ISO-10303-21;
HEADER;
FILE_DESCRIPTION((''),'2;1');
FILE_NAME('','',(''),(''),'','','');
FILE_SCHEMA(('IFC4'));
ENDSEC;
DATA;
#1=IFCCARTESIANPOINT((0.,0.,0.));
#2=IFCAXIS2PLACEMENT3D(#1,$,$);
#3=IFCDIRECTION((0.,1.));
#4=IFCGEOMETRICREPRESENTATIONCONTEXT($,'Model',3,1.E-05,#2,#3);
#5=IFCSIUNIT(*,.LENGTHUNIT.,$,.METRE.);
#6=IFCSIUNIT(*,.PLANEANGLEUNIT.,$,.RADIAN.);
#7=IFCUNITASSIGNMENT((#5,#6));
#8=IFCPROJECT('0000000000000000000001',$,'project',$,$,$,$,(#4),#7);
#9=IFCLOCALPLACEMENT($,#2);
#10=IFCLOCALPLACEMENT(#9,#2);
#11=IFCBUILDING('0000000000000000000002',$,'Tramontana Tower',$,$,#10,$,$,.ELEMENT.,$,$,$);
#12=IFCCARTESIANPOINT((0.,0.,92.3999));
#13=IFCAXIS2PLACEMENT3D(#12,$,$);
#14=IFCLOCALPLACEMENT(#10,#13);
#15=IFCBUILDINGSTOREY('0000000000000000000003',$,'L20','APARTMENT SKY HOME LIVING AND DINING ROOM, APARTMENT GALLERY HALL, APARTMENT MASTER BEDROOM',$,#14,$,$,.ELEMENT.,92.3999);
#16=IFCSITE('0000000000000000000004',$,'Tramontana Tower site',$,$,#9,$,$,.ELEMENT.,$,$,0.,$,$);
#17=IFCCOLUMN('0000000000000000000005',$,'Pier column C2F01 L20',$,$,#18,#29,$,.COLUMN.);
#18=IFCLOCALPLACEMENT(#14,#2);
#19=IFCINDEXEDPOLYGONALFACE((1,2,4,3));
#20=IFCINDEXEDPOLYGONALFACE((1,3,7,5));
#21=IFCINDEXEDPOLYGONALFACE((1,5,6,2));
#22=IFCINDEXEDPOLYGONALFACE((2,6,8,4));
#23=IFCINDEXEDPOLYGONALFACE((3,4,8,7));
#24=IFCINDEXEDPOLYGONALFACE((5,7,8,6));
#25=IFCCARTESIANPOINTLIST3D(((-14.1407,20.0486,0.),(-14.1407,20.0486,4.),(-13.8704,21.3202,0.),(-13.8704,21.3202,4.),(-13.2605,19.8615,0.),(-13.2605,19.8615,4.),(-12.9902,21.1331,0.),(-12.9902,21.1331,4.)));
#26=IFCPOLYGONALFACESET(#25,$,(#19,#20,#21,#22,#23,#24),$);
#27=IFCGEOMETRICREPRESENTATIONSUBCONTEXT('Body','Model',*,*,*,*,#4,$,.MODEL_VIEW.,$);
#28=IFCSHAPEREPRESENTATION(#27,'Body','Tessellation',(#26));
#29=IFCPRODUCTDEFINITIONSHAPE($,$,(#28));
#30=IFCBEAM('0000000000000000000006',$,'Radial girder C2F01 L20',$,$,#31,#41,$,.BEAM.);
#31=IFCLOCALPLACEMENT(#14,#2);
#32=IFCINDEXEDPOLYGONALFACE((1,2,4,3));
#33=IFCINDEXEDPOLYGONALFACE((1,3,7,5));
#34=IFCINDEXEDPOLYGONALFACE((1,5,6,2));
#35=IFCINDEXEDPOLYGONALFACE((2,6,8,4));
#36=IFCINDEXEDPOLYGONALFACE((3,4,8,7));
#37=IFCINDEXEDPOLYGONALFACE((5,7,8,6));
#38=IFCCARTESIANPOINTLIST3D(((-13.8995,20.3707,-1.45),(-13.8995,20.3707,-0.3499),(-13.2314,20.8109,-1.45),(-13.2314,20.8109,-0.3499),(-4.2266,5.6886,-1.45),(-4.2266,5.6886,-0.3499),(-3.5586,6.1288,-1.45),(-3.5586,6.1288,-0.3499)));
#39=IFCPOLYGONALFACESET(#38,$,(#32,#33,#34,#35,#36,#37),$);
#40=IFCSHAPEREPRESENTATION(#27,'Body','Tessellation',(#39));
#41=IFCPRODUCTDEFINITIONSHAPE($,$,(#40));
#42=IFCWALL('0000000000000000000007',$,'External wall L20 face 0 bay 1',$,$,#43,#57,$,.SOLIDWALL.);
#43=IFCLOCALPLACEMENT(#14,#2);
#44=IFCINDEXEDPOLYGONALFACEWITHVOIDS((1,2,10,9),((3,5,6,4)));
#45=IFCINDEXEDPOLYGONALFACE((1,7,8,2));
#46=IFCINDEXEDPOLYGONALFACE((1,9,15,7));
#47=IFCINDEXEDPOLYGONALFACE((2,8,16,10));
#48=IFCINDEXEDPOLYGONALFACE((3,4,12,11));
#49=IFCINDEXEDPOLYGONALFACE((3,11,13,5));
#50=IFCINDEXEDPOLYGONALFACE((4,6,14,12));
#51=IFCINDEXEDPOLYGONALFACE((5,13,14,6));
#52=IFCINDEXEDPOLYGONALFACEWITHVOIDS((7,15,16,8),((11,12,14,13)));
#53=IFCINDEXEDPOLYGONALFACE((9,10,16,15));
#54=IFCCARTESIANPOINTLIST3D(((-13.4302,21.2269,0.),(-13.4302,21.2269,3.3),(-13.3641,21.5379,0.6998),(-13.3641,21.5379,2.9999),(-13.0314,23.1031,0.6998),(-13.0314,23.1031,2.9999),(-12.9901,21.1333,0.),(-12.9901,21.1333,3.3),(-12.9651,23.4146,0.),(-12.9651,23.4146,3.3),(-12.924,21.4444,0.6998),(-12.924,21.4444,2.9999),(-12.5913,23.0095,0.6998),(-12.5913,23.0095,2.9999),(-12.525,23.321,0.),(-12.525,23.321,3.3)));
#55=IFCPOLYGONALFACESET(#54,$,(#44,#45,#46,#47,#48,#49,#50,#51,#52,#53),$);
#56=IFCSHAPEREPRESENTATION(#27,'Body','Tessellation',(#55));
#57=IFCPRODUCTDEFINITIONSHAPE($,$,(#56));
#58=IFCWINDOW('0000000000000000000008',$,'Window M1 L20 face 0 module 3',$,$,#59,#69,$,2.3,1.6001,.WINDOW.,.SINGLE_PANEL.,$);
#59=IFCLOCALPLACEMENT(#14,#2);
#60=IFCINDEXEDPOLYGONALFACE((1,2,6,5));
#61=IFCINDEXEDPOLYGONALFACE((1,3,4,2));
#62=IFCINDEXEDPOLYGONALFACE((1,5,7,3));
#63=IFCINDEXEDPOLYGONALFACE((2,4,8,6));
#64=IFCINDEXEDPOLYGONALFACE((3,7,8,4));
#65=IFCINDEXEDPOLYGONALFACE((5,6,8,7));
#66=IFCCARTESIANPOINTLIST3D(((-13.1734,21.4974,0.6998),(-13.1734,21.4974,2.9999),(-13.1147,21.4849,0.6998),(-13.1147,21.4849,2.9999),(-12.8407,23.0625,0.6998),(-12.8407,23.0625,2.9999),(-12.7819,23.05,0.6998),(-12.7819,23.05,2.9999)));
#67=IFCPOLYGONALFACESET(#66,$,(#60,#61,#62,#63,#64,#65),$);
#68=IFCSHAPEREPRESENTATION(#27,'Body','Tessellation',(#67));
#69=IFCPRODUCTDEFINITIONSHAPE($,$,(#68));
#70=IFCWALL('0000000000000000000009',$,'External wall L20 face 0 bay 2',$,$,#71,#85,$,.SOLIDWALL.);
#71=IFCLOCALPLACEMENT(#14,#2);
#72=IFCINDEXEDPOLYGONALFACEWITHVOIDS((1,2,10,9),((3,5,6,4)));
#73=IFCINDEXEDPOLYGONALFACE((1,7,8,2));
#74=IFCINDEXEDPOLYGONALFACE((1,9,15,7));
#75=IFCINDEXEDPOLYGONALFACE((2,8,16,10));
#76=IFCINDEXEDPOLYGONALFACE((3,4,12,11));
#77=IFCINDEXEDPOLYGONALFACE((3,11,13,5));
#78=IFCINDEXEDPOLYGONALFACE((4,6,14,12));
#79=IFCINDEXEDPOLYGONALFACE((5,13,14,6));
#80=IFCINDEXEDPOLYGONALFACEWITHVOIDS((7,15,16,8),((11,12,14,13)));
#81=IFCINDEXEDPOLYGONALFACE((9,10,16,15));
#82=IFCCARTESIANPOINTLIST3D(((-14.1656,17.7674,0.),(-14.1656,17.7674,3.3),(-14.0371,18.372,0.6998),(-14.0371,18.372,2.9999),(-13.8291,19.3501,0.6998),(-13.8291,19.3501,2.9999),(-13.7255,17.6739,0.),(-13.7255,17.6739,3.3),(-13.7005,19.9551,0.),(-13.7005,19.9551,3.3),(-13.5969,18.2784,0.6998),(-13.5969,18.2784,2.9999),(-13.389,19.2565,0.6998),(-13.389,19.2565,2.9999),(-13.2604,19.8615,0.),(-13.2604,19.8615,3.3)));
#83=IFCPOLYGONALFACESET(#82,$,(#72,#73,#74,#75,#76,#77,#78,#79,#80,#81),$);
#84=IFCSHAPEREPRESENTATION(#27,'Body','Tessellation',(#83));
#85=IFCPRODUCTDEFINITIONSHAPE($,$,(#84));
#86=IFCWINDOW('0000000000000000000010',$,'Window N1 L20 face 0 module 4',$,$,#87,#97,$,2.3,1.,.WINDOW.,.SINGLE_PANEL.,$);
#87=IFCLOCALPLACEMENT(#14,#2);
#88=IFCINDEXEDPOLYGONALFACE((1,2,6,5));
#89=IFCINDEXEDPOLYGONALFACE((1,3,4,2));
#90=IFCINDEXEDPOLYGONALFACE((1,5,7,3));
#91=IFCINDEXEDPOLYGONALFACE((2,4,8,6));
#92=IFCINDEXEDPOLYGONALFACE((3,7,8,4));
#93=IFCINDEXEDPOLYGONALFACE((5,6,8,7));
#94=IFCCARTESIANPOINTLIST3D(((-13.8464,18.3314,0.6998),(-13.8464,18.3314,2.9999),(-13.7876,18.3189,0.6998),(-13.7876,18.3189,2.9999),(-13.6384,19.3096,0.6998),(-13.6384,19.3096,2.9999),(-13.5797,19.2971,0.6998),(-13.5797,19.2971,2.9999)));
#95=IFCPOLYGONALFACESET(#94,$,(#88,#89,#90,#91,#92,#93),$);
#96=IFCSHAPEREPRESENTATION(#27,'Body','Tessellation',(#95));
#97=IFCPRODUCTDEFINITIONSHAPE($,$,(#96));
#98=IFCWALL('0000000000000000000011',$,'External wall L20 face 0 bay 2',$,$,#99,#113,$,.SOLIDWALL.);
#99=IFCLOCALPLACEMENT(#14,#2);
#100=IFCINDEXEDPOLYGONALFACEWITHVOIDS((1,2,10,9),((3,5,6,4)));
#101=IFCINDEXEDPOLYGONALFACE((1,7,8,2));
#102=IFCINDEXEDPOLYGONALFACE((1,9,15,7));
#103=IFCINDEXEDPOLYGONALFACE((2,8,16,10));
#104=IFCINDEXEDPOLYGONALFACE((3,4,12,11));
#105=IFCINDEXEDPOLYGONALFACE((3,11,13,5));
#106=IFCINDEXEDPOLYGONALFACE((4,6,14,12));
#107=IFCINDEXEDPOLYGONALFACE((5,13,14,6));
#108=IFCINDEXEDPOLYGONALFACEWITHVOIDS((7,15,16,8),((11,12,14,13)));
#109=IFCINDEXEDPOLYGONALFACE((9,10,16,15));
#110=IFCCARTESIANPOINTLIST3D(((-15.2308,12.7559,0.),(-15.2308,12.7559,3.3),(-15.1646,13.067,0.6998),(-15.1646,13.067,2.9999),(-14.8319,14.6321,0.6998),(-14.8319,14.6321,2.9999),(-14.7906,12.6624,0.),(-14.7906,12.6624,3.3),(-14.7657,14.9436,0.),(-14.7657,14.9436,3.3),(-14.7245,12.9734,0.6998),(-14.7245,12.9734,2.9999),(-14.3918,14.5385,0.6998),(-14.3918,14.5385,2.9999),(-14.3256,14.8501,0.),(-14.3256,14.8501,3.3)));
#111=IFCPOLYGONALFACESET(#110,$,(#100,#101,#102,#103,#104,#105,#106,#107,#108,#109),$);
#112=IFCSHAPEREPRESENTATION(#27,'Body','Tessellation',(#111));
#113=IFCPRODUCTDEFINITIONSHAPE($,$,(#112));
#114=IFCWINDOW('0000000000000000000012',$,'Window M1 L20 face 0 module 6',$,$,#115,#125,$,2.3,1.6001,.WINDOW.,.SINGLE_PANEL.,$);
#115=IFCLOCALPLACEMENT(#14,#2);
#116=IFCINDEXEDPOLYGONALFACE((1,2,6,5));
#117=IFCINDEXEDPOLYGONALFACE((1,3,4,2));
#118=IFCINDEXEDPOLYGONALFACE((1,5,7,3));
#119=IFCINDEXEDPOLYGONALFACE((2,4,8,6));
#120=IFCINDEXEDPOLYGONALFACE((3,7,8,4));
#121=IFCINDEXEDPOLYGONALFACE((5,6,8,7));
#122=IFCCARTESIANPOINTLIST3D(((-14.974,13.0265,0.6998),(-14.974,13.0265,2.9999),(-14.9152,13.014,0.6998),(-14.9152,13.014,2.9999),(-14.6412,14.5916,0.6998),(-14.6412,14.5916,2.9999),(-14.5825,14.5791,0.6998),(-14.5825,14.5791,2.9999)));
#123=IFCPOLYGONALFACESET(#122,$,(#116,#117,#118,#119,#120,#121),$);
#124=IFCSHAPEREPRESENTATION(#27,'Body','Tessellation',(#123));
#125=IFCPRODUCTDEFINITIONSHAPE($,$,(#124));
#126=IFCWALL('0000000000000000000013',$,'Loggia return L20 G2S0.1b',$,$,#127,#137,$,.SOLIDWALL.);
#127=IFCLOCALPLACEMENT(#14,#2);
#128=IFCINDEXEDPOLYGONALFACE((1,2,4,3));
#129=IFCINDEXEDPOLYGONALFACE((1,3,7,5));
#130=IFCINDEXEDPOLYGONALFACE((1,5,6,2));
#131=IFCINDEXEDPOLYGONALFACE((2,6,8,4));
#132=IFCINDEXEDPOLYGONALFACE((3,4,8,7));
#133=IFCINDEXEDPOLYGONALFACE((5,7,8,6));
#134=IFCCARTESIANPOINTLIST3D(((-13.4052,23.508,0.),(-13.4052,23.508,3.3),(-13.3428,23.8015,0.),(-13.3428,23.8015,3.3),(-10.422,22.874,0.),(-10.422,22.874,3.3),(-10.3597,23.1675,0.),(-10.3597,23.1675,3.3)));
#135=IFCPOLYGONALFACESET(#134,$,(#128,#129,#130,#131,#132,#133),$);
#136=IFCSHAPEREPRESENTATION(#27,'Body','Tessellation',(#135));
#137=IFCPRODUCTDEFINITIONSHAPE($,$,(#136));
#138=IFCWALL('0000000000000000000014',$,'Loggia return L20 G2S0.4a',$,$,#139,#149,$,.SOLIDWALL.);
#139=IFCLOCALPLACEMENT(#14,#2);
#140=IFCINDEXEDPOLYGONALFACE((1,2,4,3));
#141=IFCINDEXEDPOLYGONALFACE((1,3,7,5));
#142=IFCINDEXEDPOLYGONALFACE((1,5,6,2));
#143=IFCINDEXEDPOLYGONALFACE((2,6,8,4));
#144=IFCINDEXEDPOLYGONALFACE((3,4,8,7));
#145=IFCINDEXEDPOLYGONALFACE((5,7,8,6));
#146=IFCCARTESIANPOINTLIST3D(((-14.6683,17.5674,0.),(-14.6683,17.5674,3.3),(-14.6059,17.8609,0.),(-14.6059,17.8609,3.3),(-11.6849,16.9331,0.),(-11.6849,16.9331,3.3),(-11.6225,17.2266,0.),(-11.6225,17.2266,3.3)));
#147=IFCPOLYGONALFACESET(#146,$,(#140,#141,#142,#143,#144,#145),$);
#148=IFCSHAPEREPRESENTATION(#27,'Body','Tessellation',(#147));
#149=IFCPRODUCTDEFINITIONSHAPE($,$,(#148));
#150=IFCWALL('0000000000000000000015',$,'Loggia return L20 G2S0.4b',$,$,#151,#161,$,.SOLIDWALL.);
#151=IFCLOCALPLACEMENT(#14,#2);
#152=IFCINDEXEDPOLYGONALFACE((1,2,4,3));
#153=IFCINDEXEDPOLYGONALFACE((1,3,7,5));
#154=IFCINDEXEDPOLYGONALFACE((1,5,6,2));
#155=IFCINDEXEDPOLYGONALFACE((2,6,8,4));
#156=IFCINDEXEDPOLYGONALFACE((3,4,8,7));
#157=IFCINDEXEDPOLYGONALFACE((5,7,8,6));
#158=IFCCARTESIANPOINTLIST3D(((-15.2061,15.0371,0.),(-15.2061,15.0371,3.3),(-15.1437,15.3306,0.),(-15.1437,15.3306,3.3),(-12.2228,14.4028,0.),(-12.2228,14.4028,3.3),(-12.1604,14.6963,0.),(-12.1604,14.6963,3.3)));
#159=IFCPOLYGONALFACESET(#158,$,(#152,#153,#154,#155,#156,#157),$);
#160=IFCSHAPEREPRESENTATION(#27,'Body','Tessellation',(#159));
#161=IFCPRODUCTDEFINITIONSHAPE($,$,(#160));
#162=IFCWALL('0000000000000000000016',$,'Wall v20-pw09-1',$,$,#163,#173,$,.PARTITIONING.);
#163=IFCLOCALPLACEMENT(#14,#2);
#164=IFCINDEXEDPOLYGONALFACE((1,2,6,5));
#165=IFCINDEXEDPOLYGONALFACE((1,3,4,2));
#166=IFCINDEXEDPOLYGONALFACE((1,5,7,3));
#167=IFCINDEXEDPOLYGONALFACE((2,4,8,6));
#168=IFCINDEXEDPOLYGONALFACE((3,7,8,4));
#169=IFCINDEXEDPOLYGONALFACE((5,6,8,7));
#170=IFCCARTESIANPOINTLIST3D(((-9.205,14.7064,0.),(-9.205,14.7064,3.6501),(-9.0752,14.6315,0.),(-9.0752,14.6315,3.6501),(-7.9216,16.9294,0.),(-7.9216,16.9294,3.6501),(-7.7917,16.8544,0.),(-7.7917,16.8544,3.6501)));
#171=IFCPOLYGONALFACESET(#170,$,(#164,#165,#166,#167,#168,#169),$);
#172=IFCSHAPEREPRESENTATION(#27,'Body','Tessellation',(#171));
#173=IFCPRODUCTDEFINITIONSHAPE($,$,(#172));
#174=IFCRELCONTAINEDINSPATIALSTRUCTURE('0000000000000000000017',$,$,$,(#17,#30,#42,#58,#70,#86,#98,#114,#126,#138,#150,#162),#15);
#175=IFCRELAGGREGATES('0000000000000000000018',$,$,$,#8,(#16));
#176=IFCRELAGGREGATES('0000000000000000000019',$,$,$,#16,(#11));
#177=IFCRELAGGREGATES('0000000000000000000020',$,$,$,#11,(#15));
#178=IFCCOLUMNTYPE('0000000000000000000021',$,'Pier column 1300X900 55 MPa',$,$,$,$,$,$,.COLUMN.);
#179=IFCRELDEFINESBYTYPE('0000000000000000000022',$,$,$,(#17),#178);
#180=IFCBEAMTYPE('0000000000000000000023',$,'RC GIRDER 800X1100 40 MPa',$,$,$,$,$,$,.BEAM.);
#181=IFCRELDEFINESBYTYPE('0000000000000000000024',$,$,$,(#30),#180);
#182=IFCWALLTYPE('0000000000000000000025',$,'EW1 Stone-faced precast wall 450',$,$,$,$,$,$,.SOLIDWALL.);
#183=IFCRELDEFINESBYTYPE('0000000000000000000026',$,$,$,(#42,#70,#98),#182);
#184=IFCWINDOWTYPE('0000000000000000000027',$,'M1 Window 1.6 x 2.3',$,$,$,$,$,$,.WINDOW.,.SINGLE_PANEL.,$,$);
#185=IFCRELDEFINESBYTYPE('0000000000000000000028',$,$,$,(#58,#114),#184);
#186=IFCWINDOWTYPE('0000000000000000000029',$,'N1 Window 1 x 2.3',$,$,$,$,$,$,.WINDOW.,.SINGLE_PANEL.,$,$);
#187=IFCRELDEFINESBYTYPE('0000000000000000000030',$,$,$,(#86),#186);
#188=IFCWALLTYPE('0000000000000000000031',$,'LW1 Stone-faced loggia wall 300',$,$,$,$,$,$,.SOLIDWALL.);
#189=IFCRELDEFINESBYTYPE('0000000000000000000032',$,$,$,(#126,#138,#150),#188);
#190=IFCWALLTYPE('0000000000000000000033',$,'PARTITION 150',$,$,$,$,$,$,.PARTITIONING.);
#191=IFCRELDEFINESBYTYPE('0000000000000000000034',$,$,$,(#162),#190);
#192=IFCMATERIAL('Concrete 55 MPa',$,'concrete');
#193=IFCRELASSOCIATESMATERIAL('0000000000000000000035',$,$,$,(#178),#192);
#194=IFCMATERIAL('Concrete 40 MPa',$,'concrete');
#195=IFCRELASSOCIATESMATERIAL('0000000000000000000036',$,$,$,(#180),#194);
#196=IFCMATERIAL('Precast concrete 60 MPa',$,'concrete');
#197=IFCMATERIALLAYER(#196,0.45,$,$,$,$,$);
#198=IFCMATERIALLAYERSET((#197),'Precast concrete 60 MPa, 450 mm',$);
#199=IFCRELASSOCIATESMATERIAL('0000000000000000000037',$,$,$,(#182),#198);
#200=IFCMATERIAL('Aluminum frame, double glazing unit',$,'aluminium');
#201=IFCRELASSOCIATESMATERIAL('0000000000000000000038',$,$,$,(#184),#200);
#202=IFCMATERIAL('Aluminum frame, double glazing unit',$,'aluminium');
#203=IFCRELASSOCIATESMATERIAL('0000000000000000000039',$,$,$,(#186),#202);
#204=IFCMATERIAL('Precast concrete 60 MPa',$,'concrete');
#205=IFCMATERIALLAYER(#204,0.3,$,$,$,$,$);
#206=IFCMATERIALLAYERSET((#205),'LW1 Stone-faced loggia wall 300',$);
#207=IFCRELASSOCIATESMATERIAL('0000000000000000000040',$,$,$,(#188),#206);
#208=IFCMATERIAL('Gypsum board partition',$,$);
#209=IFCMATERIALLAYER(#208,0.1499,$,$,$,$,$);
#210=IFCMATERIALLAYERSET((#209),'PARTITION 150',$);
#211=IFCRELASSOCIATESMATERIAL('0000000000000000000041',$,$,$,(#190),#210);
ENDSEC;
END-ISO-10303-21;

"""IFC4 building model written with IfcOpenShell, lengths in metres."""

from ifc_helpers import new_model, si_unit, direction, frame, frame_2d, origin, origin_2d, place, context, subcontext, project, spatial, rectangle, extrude, material, layer, layer_set, material_profile, profile_set, type_object, element, fill, save


model = new_model("IFC4")

# Units and contexts
model_context = context("Model", 3, precision=1e-05, world=origin(), true_north=direction((0.0, 1.0)))
body_context = subcontext(model_context, "Body", "Model", "MODEL_VIEW")
ifc_project = project(units=[si_unit("LENGTHUNIT", "METRE"), si_unit("PLANEANGLEUNIT", "RADIAN")], contexts=[model_context])

# Site, building, storey
site_placement = place(None, origin())
site = spatial("IfcSite", under=ifc_project, at=site_placement, Name="Tramontana Tower site", CompositionType="ELEMENT", RefElevation=0.0)
building_placement = place(site_placement, origin())
building = spatial("IfcBuilding", under=site, at=building_placement, Name="Tramontana Tower", CompositionType="ELEMENT")
storey_placement = place(building_placement, frame((0.0, 0.0, 92.3999)))
storey = spatial("IfcBuildingStorey", under=building, at=storey_placement, Name="L20", Description="APARTMENT SKY HOME LIVING AND DINING ROOM, APARTMENT GALLERY HALL, APARTMENT MASTER BEDROOM", CompositionType="ELEMENT", Elevation=92.3999)

# Column
ifc_material_1 = material(Name="Concrete 55 MPa", Category="concrete")
ifc_material_profile_1 = material_profile(ifc_material_1, rectangle(XDim=1.3, YDim=0.8999, at=origin_2d()), Name="Pier column 1300X900 55 MPa")
ifc_profile_set_1 = profile_set([ifc_material_profile_1], Name="Concrete 55 MPa")
column_type = type_object("IfcColumnType", Name="Pier column 1300X900 55 MPa", PredefinedType="COLUMN", material=ifc_profile_set_1)
column_placement = place(storey_placement, frame((-13.5654, 20.5908, 0.0), z_axis=(0.0, 0.0, 1.0), x_axis=(-0.207912, -0.978148, 0.0)))
element("IfcColumn", 1, at=column_placement, inside=storey, type_object=column_type, Name="Pier column C2F01 L20", PredefinedType="COLUMN", context=body_context, shape_type="SweptSolid", body=[
    extrude(rectangle(XDim=1.3, YDim=0.8999, at=origin_2d()), origin(), (0.0, 0.0, 1.0), 4.0),
])

# Beam
ifc_material_2 = material(Name="Concrete 40 MPa", Category="concrete")
ifc_material_profile_2 = material_profile(ifc_material_2, rectangle(XDim=0.8, YDim=1.1001, at=origin_2d()), Name="RC GIRDER 800X1100 40 MPa")
ifc_profile_set_2 = profile_set([ifc_material_profile_2], Name="Concrete 40 MPa")
beam_type = type_object("IfcBeamType", Name="RC GIRDER 800X1100 40 MPa", PredefinedType="BEAM", material=ifc_profile_set_2)
beam_placement = place(storey_placement, frame((-13.5654, 20.5908, -0.8999), z_axis=(0.550155, -0.835063, 0.0), x_axis=(0.835063, 0.550155, 0.0)))
element("IfcBeam", 2, at=beam_placement, inside=storey, type_object=beam_type, Name="Radial girder C2F01 L20", PredefinedType="BEAM", context=body_context, shape_type="SweptSolid", body=[
    extrude(rectangle(XDim=0.8, YDim=1.1001, at=origin_2d()), origin(), (0.0, 0.0, 1.0), 17.582),
])

# Walls, openings, windows
ifc_material_3 = material(Name="Precast concrete 60 MPa", Category="concrete")
ifc_layer_1 = layer(ifc_material_3, 0.45)
ifc_layer_set_1 = layer_set([ifc_layer_1], Name="Precast concrete 60 MPa, 450 mm")
wall_type_1 = type_object("IfcWallType", Name="EW1 Stone-faced precast wall 450", PredefinedType="SOLIDWALL", material=ifc_layer_set_1)
wall_1_placement = place(storey_placement, frame((-12.7451, 23.3677, 0.0), z_axis=(0.0, 0.0, 1.0), x_axis=(-0.207941, -0.978141, 0.0)))
wall_1 = element("IfcWall", 3, at=wall_1_placement, inside=storey, type_object=wall_type_1, Name="External wall L20 face 0 bay 1", PredefinedType="SOLIDWALL", context=body_context, shape_type="SweptSolid", body=[
    extrude(rectangle(XDim=2.2366, YDim=0.45, at=frame_2d((1.1182, 0.0))), origin(), (0.0, 0.0, 1.0), 3.3),
])
opening_1_placement = place(wall_1_placement, frame((0.3184, 0.0, 0.7)))
opening_1 = element("IfcOpeningElement", 4, at=opening_1_placement, cuts=wall_1, PredefinedType="OPENING", context=body_context, shape_type="SweptSolid", body=[
    extrude(rectangle(XDim=1.6001, YDim=2.3, at=frame_2d((0.8, 1.1499))), frame((0.0, 0.2349, 0.0), z_axis=(0.0, -1.0, 0.0), x_axis=(1.0, 0.0, 0.0)), (0.0, 0.0, 1.0), 0.47),
])
ifc_material_4 = material(Name="Aluminum frame, double glazing unit", Category="aluminium")
window_type_1 = type_object("IfcWindowType", Name="M1 Window 1.6 x 2.3", PartitioningType="SINGLE_PANEL", PredefinedType="WINDOW", material=ifc_material_4)
window_1_placement = place(opening_1_placement, origin())
window_1 = element("IfcWindow", 5, at=window_1_placement, inside=storey, type_object=window_type_1, Name="Window M1 L20 face 0 module 3", OverallHeight=2.3, OverallWidth=1.6001, PartitioningType="SINGLE_PANEL", PredefinedType="WINDOW", context=body_context, shape_type="SweptSolid", body=[
    extrude(rectangle(XDim=1.6001, YDim=2.3, at=frame_2d((0.8, 1.1499))), frame((0.0, 0.03, 0.0), z_axis=(0.0, -1.0, 0.0), x_axis=(1.0, 0.0, 0.0)), (0.0, 0.0, 1.0), 0.0601),
])
fill(opening_1, window_1)
wall_2_placement = place(storey_placement, frame((-13.4805, 19.9082, 0.0), z_axis=(0.0, 0.0, 1.0), x_axis=(-0.207941, -0.978141, 0.0)))
wall_2 = element("IfcWall", 6, at=wall_2_placement, inside=storey, type_object=wall_type_1, Name="External wall L20 face 0 bay 2", PredefinedType="SOLIDWALL", context=body_context, shape_type="SweptSolid", body=[
    extrude(rectangle(XDim=2.2366, YDim=0.45, at=frame_2d((1.1182, 0.0))), origin(), (0.0, 0.0, 1.0), 3.3),
])
opening_2_placement = place(wall_2_placement, frame((0.6184, 0.0, 0.7)))
opening_2 = element("IfcOpeningElement", 7, at=opening_2_placement, cuts=wall_2, PredefinedType="OPENING", context=body_context, shape_type="SweptSolid", body=[
    extrude(rectangle(XDim=1.0, YDim=2.3, at=frame_2d((0.5, 1.1499))), frame((0.0, 0.2349, 0.0), z_axis=(0.0, -1.0, 0.0), x_axis=(1.0, 0.0, 0.0)), (0.0, 0.0, 1.0), 0.47),
])
ifc_material_5 = material(Name="Aluminum frame, double glazing unit", Category="aluminium")
window_type_2 = type_object("IfcWindowType", Name="N1 Window 1 x 2.3", PartitioningType="SINGLE_PANEL", PredefinedType="WINDOW", material=ifc_material_5)
window_2_placement = place(opening_2_placement, origin())
window_2 = element("IfcWindow", 8, at=window_2_placement, inside=storey, type_object=window_type_2, Name="Window N1 L20 face 0 module 4", OverallHeight=2.3, OverallWidth=1.0, PartitioningType="SINGLE_PANEL", PredefinedType="WINDOW", context=body_context, shape_type="SweptSolid", body=[
    extrude(rectangle(XDim=1.0, YDim=2.3, at=frame_2d((0.5, 1.1499))), frame((0.0, 0.03, 0.0), z_axis=(0.0, -1.0, 0.0), x_axis=(1.0, 0.0, 0.0)), (0.0, 0.0, 1.0), 0.0601),
])
fill(opening_2, window_2)
wall_3_placement = place(storey_placement, frame((-14.5457, 14.8967, 0.0), z_axis=(0.0, 0.0, 1.0), x_axis=(-0.207941, -0.978141, 0.0)))
wall_3 = element("IfcWall", 9, at=wall_3_placement, inside=storey, type_object=wall_type_1, Name="External wall L20 face 0 bay 2", PredefinedType="SOLIDWALL", context=body_context, shape_type="SweptSolid", body=[
    extrude(rectangle(XDim=2.2366, YDim=0.45, at=frame_2d((1.1182, 0.0))), origin(), (0.0, 0.0, 1.0), 3.3),
])
opening_3_placement = place(wall_3_placement, frame((0.3184, 0.0, 0.7)))
opening_3 = element("IfcOpeningElement", 10, at=opening_3_placement, cuts=wall_3, PredefinedType="OPENING", context=body_context, shape_type="SweptSolid", body=[
    extrude(rectangle(XDim=1.6001, YDim=2.3, at=frame_2d((0.8, 1.1499))), frame((0.0, 0.2349, 0.0), z_axis=(0.0, -1.0, 0.0), x_axis=(1.0, 0.0, 0.0)), (0.0, 0.0, 1.0), 0.47),
])
window_3_placement = place(opening_3_placement, origin())
window_3 = element("IfcWindow", 11, at=window_3_placement, inside=storey, type_object=window_type_1, Name="Window M1 L20 face 0 module 6", OverallHeight=2.3, OverallWidth=1.6001, PartitioningType="SINGLE_PANEL", PredefinedType="WINDOW", context=body_context, shape_type="SweptSolid", body=[
    extrude(rectangle(XDim=1.6001, YDim=2.3, at=frame_2d((0.8, 1.1499))), frame((0.0, 0.03, 0.0), z_axis=(0.0, -1.0, 0.0), x_axis=(1.0, 0.0, 0.0)), (0.0, 0.0, 1.0), 0.0601),
])
fill(opening_3, window_3)

# Wall
ifc_material_6 = material(Name="Precast concrete 60 MPa", Category="concrete")
ifc_layer_2 = layer(ifc_material_6, 0.3)
ifc_layer_set_2 = layer_set([ifc_layer_2], Name="LW1 Stone-faced loggia wall 300")
wall_type_2 = type_object("IfcWallType", Name="LW1 Stone-faced loggia wall 300", PredefinedType="SOLIDWALL", material=ifc_layer_set_2)
wall_4_placement = place(storey_placement, frame((-13.374, 23.6548, 0.0), z_axis=(0.0, 0.0, 1.0), x_axis=(0.978151, -0.207894, 0.0)))
element("IfcWall", 12, at=wall_4_placement, inside=storey, type_object=wall_type_2, Name="Loggia return L20 G2S0.1b", PredefinedType="SOLIDWALL", context=body_context, shape_type="SweptSolid", body=[
    extrude(rectangle(XDim=3.0498, YDim=0.3, at=frame_2d((1.5249, 0.0))), origin(), (0.0, 0.0, 1.0), 3.3),
])

# Walls
for number, where, z_axis, x_axis, name in (
    (13, (-14.637, 17.7141, 0.0), (0.0, 0.0, 1.0), (0.978139, -0.207954, 0.0), "Loggia return L20 G2S0.4a"),
    (14, (-15.1748, 15.1838, 0.0), (0.0, 0.0, 1.0), (0.978139, -0.207954, 0.0), "Loggia return L20 G2S0.4b"),
):
    element("IfcWall", number, at=place(storey_placement, frame(where, z_axis=z_axis, x_axis=x_axis)), inside=storey, type_object=wall_type_2, Name=name, PredefinedType="SOLIDWALL", context=body_context, shape_type="SweptSolid", body=[
        extrude(rectangle(XDim=3.05, YDim=0.3, at=frame_2d((1.5249, 0.0))), origin(), (0.0, 0.0, 1.0), 3.3),
    ])
ifc_material_7 = material(Name="Gypsum board partition")
ifc_layer_3 = layer(ifc_material_7, 0.1499)
ifc_layer_set_3 = layer_set([ifc_layer_3], Name="PARTITION 150")
wall_type_3 = type_object("IfcWallType", Name="PARTITION 150", PredefinedType="PARTITIONING", material=ifc_layer_set_3)
wall_5_placement = place(storey_placement, frame((-9.1401, 14.6689, 0.0), z_axis=(0.0, 0.0, 1.0), x_axis=(0.500016, 0.866016, 0.0)))
element("IfcWall", 15, at=wall_5_placement, inside=storey, type_object=wall_type_3, Name="Wall v20-pw09-1", PredefinedType="PARTITIONING", context=body_context, shape_type="SweptSolid", body=[
    extrude(rectangle(XDim=2.5669, YDim=0.1499, at=frame_2d((1.2834, 0.0))), origin(), (0.0, 0.0, 1.0), 3.6501),
])

save(model, "model.ifc")
